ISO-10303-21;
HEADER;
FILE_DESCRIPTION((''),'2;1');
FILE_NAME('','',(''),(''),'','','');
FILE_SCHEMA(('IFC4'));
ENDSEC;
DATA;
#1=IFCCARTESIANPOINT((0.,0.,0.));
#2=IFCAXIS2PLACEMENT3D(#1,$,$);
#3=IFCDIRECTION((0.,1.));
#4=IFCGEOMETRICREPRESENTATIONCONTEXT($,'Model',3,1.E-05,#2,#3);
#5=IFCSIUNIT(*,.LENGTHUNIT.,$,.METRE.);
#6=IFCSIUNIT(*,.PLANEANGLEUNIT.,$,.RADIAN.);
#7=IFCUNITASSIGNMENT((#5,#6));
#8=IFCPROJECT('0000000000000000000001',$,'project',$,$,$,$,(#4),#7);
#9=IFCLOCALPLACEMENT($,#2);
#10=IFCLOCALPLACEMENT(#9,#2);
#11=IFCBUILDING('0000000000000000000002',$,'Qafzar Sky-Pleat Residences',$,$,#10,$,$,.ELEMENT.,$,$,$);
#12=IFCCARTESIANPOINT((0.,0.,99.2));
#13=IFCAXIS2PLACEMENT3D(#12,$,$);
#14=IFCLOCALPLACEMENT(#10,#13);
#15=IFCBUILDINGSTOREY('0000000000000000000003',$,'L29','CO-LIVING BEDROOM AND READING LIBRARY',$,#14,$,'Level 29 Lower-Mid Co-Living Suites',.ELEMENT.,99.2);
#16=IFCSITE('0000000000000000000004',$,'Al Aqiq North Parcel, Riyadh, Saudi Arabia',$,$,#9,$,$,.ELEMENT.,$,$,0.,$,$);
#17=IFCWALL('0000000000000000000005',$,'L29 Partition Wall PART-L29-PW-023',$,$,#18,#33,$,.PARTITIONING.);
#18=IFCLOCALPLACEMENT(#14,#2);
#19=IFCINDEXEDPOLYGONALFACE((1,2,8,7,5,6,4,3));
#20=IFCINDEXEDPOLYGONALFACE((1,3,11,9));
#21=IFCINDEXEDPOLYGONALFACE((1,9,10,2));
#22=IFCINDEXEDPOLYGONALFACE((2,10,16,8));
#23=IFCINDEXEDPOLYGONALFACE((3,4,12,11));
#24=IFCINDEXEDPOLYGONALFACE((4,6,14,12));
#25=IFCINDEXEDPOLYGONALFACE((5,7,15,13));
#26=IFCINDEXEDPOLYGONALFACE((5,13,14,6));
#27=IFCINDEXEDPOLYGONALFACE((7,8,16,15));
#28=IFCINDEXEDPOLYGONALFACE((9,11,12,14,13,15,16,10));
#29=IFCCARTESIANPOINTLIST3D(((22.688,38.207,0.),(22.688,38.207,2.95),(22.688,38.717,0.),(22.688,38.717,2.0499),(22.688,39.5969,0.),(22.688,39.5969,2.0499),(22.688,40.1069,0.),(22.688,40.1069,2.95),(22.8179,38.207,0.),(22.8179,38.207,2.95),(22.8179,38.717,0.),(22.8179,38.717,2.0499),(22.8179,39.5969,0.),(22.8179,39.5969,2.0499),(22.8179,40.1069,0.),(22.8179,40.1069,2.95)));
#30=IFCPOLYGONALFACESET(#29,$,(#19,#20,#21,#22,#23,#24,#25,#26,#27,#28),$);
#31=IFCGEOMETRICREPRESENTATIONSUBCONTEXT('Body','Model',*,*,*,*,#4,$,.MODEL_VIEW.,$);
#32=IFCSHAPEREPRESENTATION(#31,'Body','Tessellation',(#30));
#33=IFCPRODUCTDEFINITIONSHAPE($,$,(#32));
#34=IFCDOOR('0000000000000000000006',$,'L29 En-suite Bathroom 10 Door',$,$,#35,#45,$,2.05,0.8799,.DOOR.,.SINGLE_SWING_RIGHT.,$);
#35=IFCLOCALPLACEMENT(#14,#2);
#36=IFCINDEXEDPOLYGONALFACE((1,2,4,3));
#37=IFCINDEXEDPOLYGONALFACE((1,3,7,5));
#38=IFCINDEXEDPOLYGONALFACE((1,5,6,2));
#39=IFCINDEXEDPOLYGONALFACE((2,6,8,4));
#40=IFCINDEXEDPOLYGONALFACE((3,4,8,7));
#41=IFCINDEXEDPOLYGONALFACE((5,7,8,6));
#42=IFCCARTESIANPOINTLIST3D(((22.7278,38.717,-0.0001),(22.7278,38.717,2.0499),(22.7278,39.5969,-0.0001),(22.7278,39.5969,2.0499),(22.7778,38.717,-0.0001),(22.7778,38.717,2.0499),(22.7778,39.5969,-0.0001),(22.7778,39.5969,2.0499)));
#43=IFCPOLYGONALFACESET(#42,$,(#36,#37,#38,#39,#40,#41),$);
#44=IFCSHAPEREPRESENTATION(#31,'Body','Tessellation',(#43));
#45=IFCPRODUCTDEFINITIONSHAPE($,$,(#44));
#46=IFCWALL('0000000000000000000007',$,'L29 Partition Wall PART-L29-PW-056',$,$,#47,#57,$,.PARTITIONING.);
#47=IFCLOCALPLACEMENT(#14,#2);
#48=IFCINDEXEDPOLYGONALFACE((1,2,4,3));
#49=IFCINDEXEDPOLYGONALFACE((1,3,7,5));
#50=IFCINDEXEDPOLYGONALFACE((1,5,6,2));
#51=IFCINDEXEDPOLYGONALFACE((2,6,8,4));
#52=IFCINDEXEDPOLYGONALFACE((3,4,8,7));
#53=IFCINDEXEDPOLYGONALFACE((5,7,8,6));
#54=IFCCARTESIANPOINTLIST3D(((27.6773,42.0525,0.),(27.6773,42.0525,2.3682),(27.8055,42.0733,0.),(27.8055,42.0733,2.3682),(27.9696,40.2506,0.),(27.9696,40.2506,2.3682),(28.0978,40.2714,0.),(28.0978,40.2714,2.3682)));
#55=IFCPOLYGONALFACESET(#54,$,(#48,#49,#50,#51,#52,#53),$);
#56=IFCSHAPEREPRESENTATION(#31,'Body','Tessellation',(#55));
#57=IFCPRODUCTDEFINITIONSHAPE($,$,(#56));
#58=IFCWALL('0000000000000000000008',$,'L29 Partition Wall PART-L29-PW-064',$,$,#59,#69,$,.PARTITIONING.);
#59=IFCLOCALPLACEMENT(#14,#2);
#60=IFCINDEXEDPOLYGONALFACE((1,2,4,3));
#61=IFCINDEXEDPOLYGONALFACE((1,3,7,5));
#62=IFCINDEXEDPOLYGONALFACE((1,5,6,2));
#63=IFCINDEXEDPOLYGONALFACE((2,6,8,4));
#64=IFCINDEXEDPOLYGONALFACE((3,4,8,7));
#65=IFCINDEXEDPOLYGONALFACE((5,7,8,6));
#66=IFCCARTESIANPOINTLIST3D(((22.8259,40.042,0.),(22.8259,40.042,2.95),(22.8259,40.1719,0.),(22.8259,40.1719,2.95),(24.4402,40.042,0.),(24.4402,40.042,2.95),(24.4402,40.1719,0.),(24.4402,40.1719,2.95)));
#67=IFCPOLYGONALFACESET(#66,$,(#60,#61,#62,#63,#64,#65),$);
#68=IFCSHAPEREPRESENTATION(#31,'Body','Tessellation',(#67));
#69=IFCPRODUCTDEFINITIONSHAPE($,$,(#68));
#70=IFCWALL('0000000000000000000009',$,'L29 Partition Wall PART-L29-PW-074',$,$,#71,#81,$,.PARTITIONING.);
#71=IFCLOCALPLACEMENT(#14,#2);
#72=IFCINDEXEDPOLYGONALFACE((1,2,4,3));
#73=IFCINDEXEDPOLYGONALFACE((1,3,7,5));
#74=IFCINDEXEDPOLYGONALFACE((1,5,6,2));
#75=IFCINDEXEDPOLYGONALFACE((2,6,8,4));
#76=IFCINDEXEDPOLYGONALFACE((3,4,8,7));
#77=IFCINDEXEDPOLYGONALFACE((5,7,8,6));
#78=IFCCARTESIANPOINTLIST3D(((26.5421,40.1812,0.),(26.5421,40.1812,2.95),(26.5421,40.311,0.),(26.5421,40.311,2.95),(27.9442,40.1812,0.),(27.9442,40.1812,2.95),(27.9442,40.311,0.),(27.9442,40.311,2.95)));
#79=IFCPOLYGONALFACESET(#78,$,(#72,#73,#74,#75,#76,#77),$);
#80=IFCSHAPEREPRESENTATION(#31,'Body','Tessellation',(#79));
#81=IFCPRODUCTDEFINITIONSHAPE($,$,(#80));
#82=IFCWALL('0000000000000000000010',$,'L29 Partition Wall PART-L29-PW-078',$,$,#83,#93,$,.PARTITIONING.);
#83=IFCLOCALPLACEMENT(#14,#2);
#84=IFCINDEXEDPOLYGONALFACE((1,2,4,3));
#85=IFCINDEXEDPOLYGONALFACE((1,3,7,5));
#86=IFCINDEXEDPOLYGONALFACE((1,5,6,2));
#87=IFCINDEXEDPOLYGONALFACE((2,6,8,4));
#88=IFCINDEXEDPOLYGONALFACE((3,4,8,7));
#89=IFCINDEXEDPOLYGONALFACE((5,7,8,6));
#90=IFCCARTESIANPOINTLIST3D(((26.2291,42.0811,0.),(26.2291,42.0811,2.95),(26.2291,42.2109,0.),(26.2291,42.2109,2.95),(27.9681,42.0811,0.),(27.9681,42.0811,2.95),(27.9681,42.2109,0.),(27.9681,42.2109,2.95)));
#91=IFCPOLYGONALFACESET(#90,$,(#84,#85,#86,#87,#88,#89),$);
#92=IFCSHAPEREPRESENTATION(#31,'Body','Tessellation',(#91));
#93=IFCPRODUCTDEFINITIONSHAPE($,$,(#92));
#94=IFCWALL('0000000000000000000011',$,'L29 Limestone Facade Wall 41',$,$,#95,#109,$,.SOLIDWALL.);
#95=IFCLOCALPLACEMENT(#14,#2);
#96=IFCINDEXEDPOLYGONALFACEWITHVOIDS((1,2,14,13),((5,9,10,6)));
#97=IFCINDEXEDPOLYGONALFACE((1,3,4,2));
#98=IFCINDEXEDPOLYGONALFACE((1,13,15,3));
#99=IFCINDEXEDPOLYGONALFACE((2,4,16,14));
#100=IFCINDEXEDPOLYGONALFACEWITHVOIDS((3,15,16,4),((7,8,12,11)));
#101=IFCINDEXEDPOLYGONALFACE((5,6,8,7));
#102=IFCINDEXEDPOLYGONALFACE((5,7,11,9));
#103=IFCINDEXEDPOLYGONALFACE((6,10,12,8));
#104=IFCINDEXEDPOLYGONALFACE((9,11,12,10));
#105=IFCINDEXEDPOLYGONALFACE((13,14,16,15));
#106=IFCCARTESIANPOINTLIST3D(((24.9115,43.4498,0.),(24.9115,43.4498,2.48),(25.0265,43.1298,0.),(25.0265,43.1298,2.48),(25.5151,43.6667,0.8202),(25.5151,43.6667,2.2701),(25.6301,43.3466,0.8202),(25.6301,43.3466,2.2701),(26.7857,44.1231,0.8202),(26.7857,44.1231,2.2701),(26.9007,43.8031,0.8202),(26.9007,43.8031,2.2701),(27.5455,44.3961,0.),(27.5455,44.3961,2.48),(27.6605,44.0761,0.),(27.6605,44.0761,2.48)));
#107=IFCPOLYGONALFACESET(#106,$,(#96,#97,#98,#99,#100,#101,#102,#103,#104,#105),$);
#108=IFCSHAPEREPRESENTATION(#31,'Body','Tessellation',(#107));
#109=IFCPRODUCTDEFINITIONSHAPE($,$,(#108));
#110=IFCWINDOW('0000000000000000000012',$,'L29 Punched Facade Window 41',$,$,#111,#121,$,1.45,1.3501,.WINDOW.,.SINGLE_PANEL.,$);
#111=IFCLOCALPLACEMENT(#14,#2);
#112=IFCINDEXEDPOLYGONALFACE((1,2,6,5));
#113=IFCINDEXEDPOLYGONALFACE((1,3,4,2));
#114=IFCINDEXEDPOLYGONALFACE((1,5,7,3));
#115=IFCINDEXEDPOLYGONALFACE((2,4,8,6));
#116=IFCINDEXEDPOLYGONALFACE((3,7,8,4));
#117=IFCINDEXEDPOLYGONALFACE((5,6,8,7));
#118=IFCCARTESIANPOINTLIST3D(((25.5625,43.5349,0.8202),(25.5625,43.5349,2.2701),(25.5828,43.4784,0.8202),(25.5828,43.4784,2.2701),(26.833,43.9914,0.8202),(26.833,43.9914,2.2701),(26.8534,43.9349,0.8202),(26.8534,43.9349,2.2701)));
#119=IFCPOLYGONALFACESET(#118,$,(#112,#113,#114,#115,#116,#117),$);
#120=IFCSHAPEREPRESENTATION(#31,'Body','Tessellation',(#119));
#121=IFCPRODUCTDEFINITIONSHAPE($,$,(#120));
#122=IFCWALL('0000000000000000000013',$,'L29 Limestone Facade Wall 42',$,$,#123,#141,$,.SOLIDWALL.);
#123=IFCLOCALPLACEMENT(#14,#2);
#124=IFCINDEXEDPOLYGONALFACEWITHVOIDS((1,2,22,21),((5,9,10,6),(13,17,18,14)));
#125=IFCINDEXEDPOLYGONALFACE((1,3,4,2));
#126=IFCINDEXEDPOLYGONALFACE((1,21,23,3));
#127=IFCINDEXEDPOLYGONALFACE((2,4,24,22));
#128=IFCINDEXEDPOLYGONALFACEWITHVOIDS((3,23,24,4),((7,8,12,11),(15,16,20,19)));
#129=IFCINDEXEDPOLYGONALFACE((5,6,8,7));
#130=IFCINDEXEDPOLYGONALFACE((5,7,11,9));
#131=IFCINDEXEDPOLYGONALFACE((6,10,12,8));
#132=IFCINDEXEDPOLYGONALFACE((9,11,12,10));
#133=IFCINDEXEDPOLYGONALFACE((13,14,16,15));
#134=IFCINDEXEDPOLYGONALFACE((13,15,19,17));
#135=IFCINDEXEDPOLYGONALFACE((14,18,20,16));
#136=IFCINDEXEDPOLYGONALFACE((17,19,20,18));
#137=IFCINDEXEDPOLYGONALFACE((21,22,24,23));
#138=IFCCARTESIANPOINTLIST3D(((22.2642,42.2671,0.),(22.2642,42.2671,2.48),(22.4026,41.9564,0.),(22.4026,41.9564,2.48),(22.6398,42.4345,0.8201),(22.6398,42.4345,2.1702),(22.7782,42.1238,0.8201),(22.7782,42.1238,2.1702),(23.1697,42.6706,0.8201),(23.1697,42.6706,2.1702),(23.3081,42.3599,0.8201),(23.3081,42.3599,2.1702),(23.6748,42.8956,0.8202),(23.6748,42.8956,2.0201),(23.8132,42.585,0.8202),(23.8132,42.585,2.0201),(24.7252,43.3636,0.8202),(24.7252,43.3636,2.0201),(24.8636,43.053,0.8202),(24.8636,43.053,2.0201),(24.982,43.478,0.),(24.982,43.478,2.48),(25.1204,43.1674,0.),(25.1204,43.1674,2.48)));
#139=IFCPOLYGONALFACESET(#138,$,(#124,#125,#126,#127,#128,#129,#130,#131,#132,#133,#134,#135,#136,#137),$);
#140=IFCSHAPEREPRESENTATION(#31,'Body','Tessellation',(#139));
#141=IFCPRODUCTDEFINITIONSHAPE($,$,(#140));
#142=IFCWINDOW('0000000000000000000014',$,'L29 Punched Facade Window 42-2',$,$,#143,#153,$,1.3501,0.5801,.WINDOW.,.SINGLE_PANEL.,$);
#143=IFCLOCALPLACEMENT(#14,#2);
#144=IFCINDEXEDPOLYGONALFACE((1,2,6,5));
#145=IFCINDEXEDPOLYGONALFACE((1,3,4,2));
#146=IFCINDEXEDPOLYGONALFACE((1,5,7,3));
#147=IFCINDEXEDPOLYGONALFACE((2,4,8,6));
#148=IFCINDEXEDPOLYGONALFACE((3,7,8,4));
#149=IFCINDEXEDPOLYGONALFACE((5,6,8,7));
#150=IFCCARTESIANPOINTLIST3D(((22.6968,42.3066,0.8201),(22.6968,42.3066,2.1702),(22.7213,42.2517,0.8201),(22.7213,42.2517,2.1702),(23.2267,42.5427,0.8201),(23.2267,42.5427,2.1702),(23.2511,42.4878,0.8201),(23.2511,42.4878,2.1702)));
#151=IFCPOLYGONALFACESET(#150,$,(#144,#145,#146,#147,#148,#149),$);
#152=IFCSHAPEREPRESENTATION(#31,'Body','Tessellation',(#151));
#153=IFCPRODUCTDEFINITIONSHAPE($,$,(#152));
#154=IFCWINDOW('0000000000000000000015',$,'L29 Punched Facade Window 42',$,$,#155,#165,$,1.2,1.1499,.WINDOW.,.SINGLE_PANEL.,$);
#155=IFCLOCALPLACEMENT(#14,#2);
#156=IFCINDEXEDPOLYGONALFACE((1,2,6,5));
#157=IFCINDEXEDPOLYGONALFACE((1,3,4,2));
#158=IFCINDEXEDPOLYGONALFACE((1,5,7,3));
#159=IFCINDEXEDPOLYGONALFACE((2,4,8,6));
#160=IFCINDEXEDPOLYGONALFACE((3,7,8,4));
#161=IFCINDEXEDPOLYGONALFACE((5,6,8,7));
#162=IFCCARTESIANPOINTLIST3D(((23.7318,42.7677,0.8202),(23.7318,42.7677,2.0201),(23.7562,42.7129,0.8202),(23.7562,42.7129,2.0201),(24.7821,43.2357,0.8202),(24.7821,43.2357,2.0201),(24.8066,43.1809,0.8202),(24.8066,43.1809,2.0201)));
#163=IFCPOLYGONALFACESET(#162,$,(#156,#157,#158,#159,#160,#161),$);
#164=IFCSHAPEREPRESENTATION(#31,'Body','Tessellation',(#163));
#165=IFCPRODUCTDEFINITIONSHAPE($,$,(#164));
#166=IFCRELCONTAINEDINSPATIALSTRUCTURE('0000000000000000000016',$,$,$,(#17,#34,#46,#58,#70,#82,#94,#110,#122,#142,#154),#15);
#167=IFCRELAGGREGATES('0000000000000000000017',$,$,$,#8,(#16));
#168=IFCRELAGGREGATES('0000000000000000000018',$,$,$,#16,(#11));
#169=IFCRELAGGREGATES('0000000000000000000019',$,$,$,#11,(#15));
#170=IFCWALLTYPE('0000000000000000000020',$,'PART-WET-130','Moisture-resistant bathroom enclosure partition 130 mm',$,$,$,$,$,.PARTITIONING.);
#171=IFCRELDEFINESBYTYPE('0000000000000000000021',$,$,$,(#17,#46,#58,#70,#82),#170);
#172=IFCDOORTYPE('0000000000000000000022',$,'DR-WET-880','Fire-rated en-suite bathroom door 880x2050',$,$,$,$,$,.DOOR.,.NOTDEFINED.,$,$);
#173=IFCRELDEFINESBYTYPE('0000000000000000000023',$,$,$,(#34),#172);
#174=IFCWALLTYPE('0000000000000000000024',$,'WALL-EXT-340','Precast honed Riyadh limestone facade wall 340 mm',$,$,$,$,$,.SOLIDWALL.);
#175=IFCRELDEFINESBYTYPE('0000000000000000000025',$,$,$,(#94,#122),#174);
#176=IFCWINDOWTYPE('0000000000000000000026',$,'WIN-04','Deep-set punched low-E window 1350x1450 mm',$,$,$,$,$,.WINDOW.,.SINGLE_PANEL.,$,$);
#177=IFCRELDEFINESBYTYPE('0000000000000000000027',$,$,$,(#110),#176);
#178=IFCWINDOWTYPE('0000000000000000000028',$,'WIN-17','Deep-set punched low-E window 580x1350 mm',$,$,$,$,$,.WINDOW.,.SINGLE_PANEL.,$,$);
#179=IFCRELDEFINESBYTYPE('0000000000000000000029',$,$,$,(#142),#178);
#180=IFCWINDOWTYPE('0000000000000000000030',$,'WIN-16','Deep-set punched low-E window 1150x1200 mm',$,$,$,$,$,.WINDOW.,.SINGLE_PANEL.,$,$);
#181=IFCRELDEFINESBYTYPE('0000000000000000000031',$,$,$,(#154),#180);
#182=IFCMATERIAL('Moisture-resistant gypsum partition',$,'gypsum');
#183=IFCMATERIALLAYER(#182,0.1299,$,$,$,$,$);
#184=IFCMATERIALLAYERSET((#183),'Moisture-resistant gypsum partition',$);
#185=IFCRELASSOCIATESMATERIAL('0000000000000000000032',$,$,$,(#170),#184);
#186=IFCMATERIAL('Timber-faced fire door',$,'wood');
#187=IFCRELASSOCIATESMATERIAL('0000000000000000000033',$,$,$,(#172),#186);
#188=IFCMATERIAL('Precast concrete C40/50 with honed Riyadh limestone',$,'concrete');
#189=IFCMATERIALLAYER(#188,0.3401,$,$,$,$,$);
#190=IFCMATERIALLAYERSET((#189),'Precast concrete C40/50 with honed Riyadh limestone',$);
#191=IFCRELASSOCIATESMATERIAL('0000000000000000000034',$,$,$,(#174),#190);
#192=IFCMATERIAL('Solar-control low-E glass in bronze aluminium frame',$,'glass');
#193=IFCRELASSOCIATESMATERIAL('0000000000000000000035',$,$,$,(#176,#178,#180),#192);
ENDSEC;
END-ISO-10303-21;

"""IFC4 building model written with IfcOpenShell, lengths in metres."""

from ifc_helpers import new_model, si_unit, direction, frame, frame_2d, origin, place, context, subcontext, project, spatial, rectangle, extrude, source, transform, mapped, material, layer, layer_set, type_object, element, fill, save


model = new_model("IFC4")

# Units and contexts
model_context = context("Model", 3, precision=1e-05, world=origin(), true_north=direction((0.0, 1.0)))
body_context = subcontext(model_context, "Body", "Model", "MODEL_VIEW")
ifc_project = project(units=[si_unit("LENGTHUNIT", "METRE"), si_unit("PLANEANGLEUNIT", "RADIAN")], contexts=[model_context])

# Site, building, storey
site_placement = place(None, origin())
site = spatial("IfcSite", under=ifc_project, at=site_placement, Name="Al Aqiq North Parcel, Riyadh, Saudi Arabia", CompositionType="ELEMENT", RefElevation=0.0)
building_placement = place(site_placement, origin())
building = spatial("IfcBuilding", under=site, at=building_placement, Name="Qafzar Sky-Pleat Residences", CompositionType="ELEMENT")
storey_placement = place(building_placement, frame((0.0, 0.0, 99.2)))
storey = spatial("IfcBuildingStorey", under=building, at=storey_placement, Name="L29", Description="CO-LIVING BEDROOM AND READING LIBRARY", LongName="Level 29 Lower-Mid Co-Living Suites", CompositionType="ELEMENT", Elevation=99.2)

# Wall, opening, door
ifc_material_1 = material(Name="Moisture-resistant gypsum partition", Category="gypsum")
ifc_layer_1 = layer(ifc_material_1, 0.1299)
ifc_layer_set_1 = layer_set([ifc_layer_1], Name="Moisture-resistant gypsum partition")
wall_type_1 = type_object("IfcWallType", Name="PART-WET-130", Description="Moisture-resistant bathroom enclosure partition 130 mm", PredefinedType="PARTITIONING", material=ifc_layer_set_1)
ifc_material_2 = material(Name="Timber-faced fire door", Category="wood")
door_type = type_object("IfcDoorType", Name="DR-WET-880", Description="Fire-rated en-suite bathroom door 880x2050", OperationType="NOTDEFINED", PredefinedType="DOOR", material=ifc_material_2)
shared_shape_1 = source(origin(), body_context, "Body", "SweptSolid", [
    extrude(rectangle(XDim=0.8799, YDim=2.05, at=frame_2d((0.4399, 1.0249))), frame((0.0, 0.0249, 0.0), z_axis=(0.0, -1.0, 0.0), x_axis=(1.0, 0.0, 0.0)), (0.0, 0.0, 1.0), 0.05),
])
wall_1_placement = place(storey_placement, frame((22.7529, 40.1069, 0.0), z_axis=(0.0, 0.0, 1.0), x_axis=(0.0, -1.0, 0.0)))
wall_1 = element("IfcWall", 1, at=wall_1_placement, inside=storey, type_object=wall_type_1, Name="L29 Partition Wall PART-L29-PW-023", PredefinedType="PARTITIONING", context=body_context, shape_type="SweptSolid", body=[
    extrude(rectangle(XDim=1.8999, YDim=0.1299, at=frame_2d((0.95, 0.0))), origin(), (0.0, 0.0, 1.0), 2.95),
])
opening_1_placement = place(wall_1_placement, frame((0.51, 0.0, 0.0)))
opening_1 = element("IfcOpeningElement", 2, at=opening_1_placement, cuts=wall_1, PredefinedType="OPENING", context=body_context, shape_type="SweptSolid", body=[
    extrude(rectangle(XDim=0.8799, YDim=2.05, at=frame_2d((0.4399, 1.0249))), frame((0.0, 0.075, 0.0), z_axis=(0.0, -1.0, 0.0), x_axis=(1.0, 0.0, 0.0)), (0.0, 0.0, 1.0), 0.1499),
])
door_1_placement = place(opening_1_placement, origin())
door_1 = element("IfcDoor", 3, at=door_1_placement, inside=storey, type_object=door_type, Name="L29 En-suite Bathroom 10 Door", OperationType="SINGLE_SWING_RIGHT", OverallHeight=2.05, OverallWidth=0.8799, PredefinedType="DOOR", context=body_context, shape_type="MappedRepresentation", body=[
    mapped(shared_shape_1, transform((0.0, 0.0, 0.0), x_axis=(1.0, 0.0, 0.0), y_axis=(0.0, 1.0, 0.0), z_axis=(0.0, 0.0, 1.0), scale=1.0)),
])
fill(opening_1, door_1)

# Walls
wall_2_placement = place(storey_placement, frame((27.7415, 42.0627, 0.0), z_axis=(0.0, 0.0, 1.0), x_axis=(0.160082, -0.987104, 0.0)))
element("IfcWall", 4, at=wall_2_placement, inside=storey, type_object=wall_type_1, Name="L29 Partition Wall PART-L29-PW-056", PredefinedType="PARTITIONING", context=body_context, shape_type="SweptSolid", body=[
    extrude(rectangle(XDim=1.8254, YDim=0.1299, at=frame_2d((0.9126, 0.0))), origin(), (0.0, 0.0, 1.0), 2.3682),
])
wall_3_placement = place(storey_placement, frame((22.8259, 40.1069, 0.0), z_axis=(0.0, 0.0, 1.0), x_axis=(1.0, 0.0, 0.0)))
element("IfcWall", 5, at=wall_3_placement, inside=storey, type_object=wall_type_1, Name="L29 Partition Wall PART-L29-PW-064", PredefinedType="PARTITIONING", context=body_context, shape_type="SweptSolid", body=[
    extrude(rectangle(XDim=1.6143, YDim=0.1299, at=frame_2d((0.8071, 0.0))), origin(), (0.0, 0.0, 1.0), 2.95),
])
wall_4_placement = place(storey_placement, frame((26.542, 40.2461, 0.0), z_axis=(0.0, 0.0, 1.0), x_axis=(1.0, 0.0, 0.0)))
element("IfcWall", 6, at=wall_4_placement, inside=storey, type_object=wall_type_1, Name="L29 Partition Wall PART-L29-PW-074", PredefinedType="PARTITIONING", context=body_context, shape_type="SweptSolid", body=[
    extrude(rectangle(XDim=1.4021, YDim=0.1299, at=frame_2d((0.7012, 0.0))), origin(), (0.0, 0.0, 1.0), 2.95),
])
wall_5_placement = place(storey_placement, frame((26.229, 42.146, 0.0), z_axis=(0.0, 0.0, 1.0), x_axis=(1.0, 0.0, 0.0)))
element("IfcWall", 7, at=wall_5_placement, inside=storey, type_object=wall_type_1, Name="L29 Partition Wall PART-L29-PW-078", PredefinedType="PARTITIONING", context=body_context, shape_type="SweptSolid", body=[
    extrude(rectangle(XDim=1.739, YDim=0.1299, at=frame_2d((0.8696, 0.0))), origin(), (0.0, 0.0, 1.0), 2.95),
])

# Wall, opening, window
ifc_material_3 = material(Name="Precast concrete C40/50 with honed Riyadh limestone", Category="concrete")
ifc_layer_2 = layer(ifc_material_3, 0.3401)
ifc_layer_set_2 = layer_set([ifc_layer_2], Name="Precast concrete C40/50 with honed Riyadh limestone")
wall_type_2 = type_object("IfcWallType", Name="WALL-EXT-340", Description="Precast honed Riyadh limestone facade wall 340 mm", PredefinedType="SOLIDWALL", material=ifc_layer_set_2)
wall_6_placement = place(storey_placement, frame((27.603, 44.2361, 0.0), z_axis=(0.0, 0.0, 1.0), x_axis=(-0.941111, -0.338099, 0.0)))
wall_6 = element("IfcWall", 8, at=wall_6_placement, inside=storey, type_object=wall_type_2, Name="L29 Limestone Facade Wall 41", PredefinedType="SOLIDWALL", context=body_context, shape_type="SweptSolid", body=[
    extrude(rectangle(XDim=2.7988, YDim=0.3401, at=frame_2d((1.3994, 0.0))), origin(), (0.0, 0.0, 1.0), 2.48),
])
opening_2_placement = place(wall_6_placement, frame((0.8074, 0.0, 0.8201)))
opening_2 = element("IfcOpeningElement", 9, at=opening_2_placement, cuts=wall_6, PredefinedType="OPENING", context=body_context, shape_type="SweptSolid", body=[
    extrude(rectangle(XDim=1.3501, YDim=1.45, at=frame_2d((0.675, 0.7251))), frame((0.0, 0.1802, 0.0), z_axis=(0.0, -1.0, 0.0), x_axis=(1.0, 0.0, 0.0)), (0.0, 0.0, 1.0), 0.3601),
])
ifc_material_4 = material(Name="Solar-control low-E glass in bronze aluminium frame", Category="glass")
window_type_1 = type_object("IfcWindowType", Name="WIN-04", Description="Deep-set punched low-E window 1350x1450 mm", PartitioningType="SINGLE_PANEL", PredefinedType="WINDOW", material=ifc_material_4)
shared_shape_2 = source(origin(), body_context, "Body", "SweptSolid", [
    extrude(rectangle(XDim=1.3501, YDim=1.45, at=frame_2d((0.675, 0.7251))), frame((0.0, 0.03, 0.0), z_axis=(0.0, -1.0, 0.0), x_axis=(1.0, 0.0, 0.0)), (0.0, 0.0, 1.0), 0.0601),
])
window_1_placement = place(opening_2_placement, origin())
window_1 = element("IfcWindow", 10, at=window_1_placement, inside=storey, type_object=window_type_1, Name="L29 Punched Facade Window 41", OverallHeight=1.45, OverallWidth=1.3501, PartitioningType="SINGLE_PANEL", PredefinedType="WINDOW", context=body_context, shape_type="MappedRepresentation", body=[
    mapped(shared_shape_2, transform((0.0, 0.0, 0.0), x_axis=(1.0, 0.0, 0.0), y_axis=(0.0, 1.0, 0.0), z_axis=(0.0, 0.0, 1.0), scale=1.0)),
])
fill(opening_2, window_1)

# Wall, openings, windows
wall_7_placement = place(storey_placement, frame((25.0513, 43.3228, 0.0), z_axis=(0.0, 0.0, 1.0), x_axis=(-0.913432, -0.406991, 0.0)))
wall_7 = element("IfcWall", 11, at=wall_7_placement, inside=storey, type_object=wall_type_2, Name="L29 Limestone Facade Wall 42", PredefinedType="SOLIDWALL", context=body_context, shape_type="SweptSolid", body=[
    extrude(rectangle(XDim=2.9753, YDim=0.3401, at=frame_2d((1.4878, 0.0))), origin(), (0.0, 0.0, 1.0), 2.48),
])
opening_3_placement = place(wall_7_placement, frame((0.2812, 0.0, 0.8201)))
opening_3 = element("IfcOpeningElement", 12, at=opening_3_placement, cuts=wall_7, PredefinedType="OPENING", context=body_context, shape_type="SweptSolid", body=[
    extrude(rectangle(XDim=1.1499, YDim=1.2, at=frame_2d((0.575, 0.6001))), frame((0.0, 0.1802, 0.0), z_axis=(0.0, -1.0, 0.0), x_axis=(1.0, 0.0, 0.0)), (0.0, 0.0, 1.0), 0.3601),
])
opening_4_placement = place(wall_7_placement, frame((1.9841, 0.0, 0.8201)))
opening_4 = element("IfcOpeningElement", 13, at=opening_4_placement, cuts=wall_7, PredefinedType="OPENING", context=body_context, shape_type="SweptSolid", body=[
    extrude(rectangle(XDim=0.5801, YDim=1.3501, at=frame_2d((0.29, 0.675))), frame((0.0, 0.1802, 0.0), z_axis=(0.0, -1.0, 0.0), x_axis=(1.0, 0.0, 0.0)), (0.0, 0.0, 1.0), 0.3601),
])
window_type_2 = type_object("IfcWindowType", Name="WIN-17", Description="Deep-set punched low-E window 580x1350 mm", PartitioningType="SINGLE_PANEL", PredefinedType="WINDOW", material=ifc_material_4)
shared_shape_3 = source(origin(), body_context, "Body", "SweptSolid", [
    extrude(rectangle(XDim=0.5801, YDim=1.3501, at=frame_2d((0.29, 0.675))), frame((0.0, 0.03, 0.0), z_axis=(0.0, -1.0, 0.0), x_axis=(1.0, 0.0, 0.0)), (0.0, 0.0, 1.0), 0.0601),
])
window_2_placement = place(opening_4_placement, origin())
window_2 = element("IfcWindow", 14, at=window_2_placement, inside=storey, type_object=window_type_2, Name="L29 Punched Facade Window 42-2", OverallHeight=1.3501, OverallWidth=0.5801, PartitioningType="SINGLE_PANEL", PredefinedType="WINDOW", context=body_context, shape_type="MappedRepresentation", body=[
    mapped(shared_shape_3, transform((0.0, 0.0, 0.0), x_axis=(1.0, 0.0, 0.0), y_axis=(0.0, 1.0, 0.0), z_axis=(0.0, 0.0, 1.0), scale=1.0)),
])
fill(opening_4, window_2)
window_type_3 = type_object("IfcWindowType", Name="WIN-16", Description="Deep-set punched low-E window 1150x1200 mm", PartitioningType="SINGLE_PANEL", PredefinedType="WINDOW", material=ifc_material_4)
shared_shape_4 = source(origin(), body_context, "Body", "SweptSolid", [
    extrude(rectangle(XDim=1.1499, YDim=1.2, at=frame_2d((0.575, 0.6001))), frame((0.0, 0.03, 0.0), z_axis=(0.0, -1.0, 0.0), x_axis=(1.0, 0.0, 0.0)), (0.0, 0.0, 1.0), 0.0601),
])
window_3_placement = place(opening_3_placement, origin())
window_3 = element("IfcWindow", 15, at=window_3_placement, inside=storey, type_object=window_type_3, Name="L29 Punched Facade Window 42", OverallHeight=1.2, OverallWidth=1.1499, PartitioningType="SINGLE_PANEL", PredefinedType="WINDOW", context=body_context, shape_type="MappedRepresentation", body=[
    mapped(shared_shape_4, transform((0.0, 0.0, 0.0), x_axis=(1.0, 0.0, 0.0), y_axis=(0.0, 1.0, 0.0), z_axis=(0.0, 0.0, 1.0), scale=1.0)),
])
fill(opening_3, window_3)

save(model, "model.ifc")
